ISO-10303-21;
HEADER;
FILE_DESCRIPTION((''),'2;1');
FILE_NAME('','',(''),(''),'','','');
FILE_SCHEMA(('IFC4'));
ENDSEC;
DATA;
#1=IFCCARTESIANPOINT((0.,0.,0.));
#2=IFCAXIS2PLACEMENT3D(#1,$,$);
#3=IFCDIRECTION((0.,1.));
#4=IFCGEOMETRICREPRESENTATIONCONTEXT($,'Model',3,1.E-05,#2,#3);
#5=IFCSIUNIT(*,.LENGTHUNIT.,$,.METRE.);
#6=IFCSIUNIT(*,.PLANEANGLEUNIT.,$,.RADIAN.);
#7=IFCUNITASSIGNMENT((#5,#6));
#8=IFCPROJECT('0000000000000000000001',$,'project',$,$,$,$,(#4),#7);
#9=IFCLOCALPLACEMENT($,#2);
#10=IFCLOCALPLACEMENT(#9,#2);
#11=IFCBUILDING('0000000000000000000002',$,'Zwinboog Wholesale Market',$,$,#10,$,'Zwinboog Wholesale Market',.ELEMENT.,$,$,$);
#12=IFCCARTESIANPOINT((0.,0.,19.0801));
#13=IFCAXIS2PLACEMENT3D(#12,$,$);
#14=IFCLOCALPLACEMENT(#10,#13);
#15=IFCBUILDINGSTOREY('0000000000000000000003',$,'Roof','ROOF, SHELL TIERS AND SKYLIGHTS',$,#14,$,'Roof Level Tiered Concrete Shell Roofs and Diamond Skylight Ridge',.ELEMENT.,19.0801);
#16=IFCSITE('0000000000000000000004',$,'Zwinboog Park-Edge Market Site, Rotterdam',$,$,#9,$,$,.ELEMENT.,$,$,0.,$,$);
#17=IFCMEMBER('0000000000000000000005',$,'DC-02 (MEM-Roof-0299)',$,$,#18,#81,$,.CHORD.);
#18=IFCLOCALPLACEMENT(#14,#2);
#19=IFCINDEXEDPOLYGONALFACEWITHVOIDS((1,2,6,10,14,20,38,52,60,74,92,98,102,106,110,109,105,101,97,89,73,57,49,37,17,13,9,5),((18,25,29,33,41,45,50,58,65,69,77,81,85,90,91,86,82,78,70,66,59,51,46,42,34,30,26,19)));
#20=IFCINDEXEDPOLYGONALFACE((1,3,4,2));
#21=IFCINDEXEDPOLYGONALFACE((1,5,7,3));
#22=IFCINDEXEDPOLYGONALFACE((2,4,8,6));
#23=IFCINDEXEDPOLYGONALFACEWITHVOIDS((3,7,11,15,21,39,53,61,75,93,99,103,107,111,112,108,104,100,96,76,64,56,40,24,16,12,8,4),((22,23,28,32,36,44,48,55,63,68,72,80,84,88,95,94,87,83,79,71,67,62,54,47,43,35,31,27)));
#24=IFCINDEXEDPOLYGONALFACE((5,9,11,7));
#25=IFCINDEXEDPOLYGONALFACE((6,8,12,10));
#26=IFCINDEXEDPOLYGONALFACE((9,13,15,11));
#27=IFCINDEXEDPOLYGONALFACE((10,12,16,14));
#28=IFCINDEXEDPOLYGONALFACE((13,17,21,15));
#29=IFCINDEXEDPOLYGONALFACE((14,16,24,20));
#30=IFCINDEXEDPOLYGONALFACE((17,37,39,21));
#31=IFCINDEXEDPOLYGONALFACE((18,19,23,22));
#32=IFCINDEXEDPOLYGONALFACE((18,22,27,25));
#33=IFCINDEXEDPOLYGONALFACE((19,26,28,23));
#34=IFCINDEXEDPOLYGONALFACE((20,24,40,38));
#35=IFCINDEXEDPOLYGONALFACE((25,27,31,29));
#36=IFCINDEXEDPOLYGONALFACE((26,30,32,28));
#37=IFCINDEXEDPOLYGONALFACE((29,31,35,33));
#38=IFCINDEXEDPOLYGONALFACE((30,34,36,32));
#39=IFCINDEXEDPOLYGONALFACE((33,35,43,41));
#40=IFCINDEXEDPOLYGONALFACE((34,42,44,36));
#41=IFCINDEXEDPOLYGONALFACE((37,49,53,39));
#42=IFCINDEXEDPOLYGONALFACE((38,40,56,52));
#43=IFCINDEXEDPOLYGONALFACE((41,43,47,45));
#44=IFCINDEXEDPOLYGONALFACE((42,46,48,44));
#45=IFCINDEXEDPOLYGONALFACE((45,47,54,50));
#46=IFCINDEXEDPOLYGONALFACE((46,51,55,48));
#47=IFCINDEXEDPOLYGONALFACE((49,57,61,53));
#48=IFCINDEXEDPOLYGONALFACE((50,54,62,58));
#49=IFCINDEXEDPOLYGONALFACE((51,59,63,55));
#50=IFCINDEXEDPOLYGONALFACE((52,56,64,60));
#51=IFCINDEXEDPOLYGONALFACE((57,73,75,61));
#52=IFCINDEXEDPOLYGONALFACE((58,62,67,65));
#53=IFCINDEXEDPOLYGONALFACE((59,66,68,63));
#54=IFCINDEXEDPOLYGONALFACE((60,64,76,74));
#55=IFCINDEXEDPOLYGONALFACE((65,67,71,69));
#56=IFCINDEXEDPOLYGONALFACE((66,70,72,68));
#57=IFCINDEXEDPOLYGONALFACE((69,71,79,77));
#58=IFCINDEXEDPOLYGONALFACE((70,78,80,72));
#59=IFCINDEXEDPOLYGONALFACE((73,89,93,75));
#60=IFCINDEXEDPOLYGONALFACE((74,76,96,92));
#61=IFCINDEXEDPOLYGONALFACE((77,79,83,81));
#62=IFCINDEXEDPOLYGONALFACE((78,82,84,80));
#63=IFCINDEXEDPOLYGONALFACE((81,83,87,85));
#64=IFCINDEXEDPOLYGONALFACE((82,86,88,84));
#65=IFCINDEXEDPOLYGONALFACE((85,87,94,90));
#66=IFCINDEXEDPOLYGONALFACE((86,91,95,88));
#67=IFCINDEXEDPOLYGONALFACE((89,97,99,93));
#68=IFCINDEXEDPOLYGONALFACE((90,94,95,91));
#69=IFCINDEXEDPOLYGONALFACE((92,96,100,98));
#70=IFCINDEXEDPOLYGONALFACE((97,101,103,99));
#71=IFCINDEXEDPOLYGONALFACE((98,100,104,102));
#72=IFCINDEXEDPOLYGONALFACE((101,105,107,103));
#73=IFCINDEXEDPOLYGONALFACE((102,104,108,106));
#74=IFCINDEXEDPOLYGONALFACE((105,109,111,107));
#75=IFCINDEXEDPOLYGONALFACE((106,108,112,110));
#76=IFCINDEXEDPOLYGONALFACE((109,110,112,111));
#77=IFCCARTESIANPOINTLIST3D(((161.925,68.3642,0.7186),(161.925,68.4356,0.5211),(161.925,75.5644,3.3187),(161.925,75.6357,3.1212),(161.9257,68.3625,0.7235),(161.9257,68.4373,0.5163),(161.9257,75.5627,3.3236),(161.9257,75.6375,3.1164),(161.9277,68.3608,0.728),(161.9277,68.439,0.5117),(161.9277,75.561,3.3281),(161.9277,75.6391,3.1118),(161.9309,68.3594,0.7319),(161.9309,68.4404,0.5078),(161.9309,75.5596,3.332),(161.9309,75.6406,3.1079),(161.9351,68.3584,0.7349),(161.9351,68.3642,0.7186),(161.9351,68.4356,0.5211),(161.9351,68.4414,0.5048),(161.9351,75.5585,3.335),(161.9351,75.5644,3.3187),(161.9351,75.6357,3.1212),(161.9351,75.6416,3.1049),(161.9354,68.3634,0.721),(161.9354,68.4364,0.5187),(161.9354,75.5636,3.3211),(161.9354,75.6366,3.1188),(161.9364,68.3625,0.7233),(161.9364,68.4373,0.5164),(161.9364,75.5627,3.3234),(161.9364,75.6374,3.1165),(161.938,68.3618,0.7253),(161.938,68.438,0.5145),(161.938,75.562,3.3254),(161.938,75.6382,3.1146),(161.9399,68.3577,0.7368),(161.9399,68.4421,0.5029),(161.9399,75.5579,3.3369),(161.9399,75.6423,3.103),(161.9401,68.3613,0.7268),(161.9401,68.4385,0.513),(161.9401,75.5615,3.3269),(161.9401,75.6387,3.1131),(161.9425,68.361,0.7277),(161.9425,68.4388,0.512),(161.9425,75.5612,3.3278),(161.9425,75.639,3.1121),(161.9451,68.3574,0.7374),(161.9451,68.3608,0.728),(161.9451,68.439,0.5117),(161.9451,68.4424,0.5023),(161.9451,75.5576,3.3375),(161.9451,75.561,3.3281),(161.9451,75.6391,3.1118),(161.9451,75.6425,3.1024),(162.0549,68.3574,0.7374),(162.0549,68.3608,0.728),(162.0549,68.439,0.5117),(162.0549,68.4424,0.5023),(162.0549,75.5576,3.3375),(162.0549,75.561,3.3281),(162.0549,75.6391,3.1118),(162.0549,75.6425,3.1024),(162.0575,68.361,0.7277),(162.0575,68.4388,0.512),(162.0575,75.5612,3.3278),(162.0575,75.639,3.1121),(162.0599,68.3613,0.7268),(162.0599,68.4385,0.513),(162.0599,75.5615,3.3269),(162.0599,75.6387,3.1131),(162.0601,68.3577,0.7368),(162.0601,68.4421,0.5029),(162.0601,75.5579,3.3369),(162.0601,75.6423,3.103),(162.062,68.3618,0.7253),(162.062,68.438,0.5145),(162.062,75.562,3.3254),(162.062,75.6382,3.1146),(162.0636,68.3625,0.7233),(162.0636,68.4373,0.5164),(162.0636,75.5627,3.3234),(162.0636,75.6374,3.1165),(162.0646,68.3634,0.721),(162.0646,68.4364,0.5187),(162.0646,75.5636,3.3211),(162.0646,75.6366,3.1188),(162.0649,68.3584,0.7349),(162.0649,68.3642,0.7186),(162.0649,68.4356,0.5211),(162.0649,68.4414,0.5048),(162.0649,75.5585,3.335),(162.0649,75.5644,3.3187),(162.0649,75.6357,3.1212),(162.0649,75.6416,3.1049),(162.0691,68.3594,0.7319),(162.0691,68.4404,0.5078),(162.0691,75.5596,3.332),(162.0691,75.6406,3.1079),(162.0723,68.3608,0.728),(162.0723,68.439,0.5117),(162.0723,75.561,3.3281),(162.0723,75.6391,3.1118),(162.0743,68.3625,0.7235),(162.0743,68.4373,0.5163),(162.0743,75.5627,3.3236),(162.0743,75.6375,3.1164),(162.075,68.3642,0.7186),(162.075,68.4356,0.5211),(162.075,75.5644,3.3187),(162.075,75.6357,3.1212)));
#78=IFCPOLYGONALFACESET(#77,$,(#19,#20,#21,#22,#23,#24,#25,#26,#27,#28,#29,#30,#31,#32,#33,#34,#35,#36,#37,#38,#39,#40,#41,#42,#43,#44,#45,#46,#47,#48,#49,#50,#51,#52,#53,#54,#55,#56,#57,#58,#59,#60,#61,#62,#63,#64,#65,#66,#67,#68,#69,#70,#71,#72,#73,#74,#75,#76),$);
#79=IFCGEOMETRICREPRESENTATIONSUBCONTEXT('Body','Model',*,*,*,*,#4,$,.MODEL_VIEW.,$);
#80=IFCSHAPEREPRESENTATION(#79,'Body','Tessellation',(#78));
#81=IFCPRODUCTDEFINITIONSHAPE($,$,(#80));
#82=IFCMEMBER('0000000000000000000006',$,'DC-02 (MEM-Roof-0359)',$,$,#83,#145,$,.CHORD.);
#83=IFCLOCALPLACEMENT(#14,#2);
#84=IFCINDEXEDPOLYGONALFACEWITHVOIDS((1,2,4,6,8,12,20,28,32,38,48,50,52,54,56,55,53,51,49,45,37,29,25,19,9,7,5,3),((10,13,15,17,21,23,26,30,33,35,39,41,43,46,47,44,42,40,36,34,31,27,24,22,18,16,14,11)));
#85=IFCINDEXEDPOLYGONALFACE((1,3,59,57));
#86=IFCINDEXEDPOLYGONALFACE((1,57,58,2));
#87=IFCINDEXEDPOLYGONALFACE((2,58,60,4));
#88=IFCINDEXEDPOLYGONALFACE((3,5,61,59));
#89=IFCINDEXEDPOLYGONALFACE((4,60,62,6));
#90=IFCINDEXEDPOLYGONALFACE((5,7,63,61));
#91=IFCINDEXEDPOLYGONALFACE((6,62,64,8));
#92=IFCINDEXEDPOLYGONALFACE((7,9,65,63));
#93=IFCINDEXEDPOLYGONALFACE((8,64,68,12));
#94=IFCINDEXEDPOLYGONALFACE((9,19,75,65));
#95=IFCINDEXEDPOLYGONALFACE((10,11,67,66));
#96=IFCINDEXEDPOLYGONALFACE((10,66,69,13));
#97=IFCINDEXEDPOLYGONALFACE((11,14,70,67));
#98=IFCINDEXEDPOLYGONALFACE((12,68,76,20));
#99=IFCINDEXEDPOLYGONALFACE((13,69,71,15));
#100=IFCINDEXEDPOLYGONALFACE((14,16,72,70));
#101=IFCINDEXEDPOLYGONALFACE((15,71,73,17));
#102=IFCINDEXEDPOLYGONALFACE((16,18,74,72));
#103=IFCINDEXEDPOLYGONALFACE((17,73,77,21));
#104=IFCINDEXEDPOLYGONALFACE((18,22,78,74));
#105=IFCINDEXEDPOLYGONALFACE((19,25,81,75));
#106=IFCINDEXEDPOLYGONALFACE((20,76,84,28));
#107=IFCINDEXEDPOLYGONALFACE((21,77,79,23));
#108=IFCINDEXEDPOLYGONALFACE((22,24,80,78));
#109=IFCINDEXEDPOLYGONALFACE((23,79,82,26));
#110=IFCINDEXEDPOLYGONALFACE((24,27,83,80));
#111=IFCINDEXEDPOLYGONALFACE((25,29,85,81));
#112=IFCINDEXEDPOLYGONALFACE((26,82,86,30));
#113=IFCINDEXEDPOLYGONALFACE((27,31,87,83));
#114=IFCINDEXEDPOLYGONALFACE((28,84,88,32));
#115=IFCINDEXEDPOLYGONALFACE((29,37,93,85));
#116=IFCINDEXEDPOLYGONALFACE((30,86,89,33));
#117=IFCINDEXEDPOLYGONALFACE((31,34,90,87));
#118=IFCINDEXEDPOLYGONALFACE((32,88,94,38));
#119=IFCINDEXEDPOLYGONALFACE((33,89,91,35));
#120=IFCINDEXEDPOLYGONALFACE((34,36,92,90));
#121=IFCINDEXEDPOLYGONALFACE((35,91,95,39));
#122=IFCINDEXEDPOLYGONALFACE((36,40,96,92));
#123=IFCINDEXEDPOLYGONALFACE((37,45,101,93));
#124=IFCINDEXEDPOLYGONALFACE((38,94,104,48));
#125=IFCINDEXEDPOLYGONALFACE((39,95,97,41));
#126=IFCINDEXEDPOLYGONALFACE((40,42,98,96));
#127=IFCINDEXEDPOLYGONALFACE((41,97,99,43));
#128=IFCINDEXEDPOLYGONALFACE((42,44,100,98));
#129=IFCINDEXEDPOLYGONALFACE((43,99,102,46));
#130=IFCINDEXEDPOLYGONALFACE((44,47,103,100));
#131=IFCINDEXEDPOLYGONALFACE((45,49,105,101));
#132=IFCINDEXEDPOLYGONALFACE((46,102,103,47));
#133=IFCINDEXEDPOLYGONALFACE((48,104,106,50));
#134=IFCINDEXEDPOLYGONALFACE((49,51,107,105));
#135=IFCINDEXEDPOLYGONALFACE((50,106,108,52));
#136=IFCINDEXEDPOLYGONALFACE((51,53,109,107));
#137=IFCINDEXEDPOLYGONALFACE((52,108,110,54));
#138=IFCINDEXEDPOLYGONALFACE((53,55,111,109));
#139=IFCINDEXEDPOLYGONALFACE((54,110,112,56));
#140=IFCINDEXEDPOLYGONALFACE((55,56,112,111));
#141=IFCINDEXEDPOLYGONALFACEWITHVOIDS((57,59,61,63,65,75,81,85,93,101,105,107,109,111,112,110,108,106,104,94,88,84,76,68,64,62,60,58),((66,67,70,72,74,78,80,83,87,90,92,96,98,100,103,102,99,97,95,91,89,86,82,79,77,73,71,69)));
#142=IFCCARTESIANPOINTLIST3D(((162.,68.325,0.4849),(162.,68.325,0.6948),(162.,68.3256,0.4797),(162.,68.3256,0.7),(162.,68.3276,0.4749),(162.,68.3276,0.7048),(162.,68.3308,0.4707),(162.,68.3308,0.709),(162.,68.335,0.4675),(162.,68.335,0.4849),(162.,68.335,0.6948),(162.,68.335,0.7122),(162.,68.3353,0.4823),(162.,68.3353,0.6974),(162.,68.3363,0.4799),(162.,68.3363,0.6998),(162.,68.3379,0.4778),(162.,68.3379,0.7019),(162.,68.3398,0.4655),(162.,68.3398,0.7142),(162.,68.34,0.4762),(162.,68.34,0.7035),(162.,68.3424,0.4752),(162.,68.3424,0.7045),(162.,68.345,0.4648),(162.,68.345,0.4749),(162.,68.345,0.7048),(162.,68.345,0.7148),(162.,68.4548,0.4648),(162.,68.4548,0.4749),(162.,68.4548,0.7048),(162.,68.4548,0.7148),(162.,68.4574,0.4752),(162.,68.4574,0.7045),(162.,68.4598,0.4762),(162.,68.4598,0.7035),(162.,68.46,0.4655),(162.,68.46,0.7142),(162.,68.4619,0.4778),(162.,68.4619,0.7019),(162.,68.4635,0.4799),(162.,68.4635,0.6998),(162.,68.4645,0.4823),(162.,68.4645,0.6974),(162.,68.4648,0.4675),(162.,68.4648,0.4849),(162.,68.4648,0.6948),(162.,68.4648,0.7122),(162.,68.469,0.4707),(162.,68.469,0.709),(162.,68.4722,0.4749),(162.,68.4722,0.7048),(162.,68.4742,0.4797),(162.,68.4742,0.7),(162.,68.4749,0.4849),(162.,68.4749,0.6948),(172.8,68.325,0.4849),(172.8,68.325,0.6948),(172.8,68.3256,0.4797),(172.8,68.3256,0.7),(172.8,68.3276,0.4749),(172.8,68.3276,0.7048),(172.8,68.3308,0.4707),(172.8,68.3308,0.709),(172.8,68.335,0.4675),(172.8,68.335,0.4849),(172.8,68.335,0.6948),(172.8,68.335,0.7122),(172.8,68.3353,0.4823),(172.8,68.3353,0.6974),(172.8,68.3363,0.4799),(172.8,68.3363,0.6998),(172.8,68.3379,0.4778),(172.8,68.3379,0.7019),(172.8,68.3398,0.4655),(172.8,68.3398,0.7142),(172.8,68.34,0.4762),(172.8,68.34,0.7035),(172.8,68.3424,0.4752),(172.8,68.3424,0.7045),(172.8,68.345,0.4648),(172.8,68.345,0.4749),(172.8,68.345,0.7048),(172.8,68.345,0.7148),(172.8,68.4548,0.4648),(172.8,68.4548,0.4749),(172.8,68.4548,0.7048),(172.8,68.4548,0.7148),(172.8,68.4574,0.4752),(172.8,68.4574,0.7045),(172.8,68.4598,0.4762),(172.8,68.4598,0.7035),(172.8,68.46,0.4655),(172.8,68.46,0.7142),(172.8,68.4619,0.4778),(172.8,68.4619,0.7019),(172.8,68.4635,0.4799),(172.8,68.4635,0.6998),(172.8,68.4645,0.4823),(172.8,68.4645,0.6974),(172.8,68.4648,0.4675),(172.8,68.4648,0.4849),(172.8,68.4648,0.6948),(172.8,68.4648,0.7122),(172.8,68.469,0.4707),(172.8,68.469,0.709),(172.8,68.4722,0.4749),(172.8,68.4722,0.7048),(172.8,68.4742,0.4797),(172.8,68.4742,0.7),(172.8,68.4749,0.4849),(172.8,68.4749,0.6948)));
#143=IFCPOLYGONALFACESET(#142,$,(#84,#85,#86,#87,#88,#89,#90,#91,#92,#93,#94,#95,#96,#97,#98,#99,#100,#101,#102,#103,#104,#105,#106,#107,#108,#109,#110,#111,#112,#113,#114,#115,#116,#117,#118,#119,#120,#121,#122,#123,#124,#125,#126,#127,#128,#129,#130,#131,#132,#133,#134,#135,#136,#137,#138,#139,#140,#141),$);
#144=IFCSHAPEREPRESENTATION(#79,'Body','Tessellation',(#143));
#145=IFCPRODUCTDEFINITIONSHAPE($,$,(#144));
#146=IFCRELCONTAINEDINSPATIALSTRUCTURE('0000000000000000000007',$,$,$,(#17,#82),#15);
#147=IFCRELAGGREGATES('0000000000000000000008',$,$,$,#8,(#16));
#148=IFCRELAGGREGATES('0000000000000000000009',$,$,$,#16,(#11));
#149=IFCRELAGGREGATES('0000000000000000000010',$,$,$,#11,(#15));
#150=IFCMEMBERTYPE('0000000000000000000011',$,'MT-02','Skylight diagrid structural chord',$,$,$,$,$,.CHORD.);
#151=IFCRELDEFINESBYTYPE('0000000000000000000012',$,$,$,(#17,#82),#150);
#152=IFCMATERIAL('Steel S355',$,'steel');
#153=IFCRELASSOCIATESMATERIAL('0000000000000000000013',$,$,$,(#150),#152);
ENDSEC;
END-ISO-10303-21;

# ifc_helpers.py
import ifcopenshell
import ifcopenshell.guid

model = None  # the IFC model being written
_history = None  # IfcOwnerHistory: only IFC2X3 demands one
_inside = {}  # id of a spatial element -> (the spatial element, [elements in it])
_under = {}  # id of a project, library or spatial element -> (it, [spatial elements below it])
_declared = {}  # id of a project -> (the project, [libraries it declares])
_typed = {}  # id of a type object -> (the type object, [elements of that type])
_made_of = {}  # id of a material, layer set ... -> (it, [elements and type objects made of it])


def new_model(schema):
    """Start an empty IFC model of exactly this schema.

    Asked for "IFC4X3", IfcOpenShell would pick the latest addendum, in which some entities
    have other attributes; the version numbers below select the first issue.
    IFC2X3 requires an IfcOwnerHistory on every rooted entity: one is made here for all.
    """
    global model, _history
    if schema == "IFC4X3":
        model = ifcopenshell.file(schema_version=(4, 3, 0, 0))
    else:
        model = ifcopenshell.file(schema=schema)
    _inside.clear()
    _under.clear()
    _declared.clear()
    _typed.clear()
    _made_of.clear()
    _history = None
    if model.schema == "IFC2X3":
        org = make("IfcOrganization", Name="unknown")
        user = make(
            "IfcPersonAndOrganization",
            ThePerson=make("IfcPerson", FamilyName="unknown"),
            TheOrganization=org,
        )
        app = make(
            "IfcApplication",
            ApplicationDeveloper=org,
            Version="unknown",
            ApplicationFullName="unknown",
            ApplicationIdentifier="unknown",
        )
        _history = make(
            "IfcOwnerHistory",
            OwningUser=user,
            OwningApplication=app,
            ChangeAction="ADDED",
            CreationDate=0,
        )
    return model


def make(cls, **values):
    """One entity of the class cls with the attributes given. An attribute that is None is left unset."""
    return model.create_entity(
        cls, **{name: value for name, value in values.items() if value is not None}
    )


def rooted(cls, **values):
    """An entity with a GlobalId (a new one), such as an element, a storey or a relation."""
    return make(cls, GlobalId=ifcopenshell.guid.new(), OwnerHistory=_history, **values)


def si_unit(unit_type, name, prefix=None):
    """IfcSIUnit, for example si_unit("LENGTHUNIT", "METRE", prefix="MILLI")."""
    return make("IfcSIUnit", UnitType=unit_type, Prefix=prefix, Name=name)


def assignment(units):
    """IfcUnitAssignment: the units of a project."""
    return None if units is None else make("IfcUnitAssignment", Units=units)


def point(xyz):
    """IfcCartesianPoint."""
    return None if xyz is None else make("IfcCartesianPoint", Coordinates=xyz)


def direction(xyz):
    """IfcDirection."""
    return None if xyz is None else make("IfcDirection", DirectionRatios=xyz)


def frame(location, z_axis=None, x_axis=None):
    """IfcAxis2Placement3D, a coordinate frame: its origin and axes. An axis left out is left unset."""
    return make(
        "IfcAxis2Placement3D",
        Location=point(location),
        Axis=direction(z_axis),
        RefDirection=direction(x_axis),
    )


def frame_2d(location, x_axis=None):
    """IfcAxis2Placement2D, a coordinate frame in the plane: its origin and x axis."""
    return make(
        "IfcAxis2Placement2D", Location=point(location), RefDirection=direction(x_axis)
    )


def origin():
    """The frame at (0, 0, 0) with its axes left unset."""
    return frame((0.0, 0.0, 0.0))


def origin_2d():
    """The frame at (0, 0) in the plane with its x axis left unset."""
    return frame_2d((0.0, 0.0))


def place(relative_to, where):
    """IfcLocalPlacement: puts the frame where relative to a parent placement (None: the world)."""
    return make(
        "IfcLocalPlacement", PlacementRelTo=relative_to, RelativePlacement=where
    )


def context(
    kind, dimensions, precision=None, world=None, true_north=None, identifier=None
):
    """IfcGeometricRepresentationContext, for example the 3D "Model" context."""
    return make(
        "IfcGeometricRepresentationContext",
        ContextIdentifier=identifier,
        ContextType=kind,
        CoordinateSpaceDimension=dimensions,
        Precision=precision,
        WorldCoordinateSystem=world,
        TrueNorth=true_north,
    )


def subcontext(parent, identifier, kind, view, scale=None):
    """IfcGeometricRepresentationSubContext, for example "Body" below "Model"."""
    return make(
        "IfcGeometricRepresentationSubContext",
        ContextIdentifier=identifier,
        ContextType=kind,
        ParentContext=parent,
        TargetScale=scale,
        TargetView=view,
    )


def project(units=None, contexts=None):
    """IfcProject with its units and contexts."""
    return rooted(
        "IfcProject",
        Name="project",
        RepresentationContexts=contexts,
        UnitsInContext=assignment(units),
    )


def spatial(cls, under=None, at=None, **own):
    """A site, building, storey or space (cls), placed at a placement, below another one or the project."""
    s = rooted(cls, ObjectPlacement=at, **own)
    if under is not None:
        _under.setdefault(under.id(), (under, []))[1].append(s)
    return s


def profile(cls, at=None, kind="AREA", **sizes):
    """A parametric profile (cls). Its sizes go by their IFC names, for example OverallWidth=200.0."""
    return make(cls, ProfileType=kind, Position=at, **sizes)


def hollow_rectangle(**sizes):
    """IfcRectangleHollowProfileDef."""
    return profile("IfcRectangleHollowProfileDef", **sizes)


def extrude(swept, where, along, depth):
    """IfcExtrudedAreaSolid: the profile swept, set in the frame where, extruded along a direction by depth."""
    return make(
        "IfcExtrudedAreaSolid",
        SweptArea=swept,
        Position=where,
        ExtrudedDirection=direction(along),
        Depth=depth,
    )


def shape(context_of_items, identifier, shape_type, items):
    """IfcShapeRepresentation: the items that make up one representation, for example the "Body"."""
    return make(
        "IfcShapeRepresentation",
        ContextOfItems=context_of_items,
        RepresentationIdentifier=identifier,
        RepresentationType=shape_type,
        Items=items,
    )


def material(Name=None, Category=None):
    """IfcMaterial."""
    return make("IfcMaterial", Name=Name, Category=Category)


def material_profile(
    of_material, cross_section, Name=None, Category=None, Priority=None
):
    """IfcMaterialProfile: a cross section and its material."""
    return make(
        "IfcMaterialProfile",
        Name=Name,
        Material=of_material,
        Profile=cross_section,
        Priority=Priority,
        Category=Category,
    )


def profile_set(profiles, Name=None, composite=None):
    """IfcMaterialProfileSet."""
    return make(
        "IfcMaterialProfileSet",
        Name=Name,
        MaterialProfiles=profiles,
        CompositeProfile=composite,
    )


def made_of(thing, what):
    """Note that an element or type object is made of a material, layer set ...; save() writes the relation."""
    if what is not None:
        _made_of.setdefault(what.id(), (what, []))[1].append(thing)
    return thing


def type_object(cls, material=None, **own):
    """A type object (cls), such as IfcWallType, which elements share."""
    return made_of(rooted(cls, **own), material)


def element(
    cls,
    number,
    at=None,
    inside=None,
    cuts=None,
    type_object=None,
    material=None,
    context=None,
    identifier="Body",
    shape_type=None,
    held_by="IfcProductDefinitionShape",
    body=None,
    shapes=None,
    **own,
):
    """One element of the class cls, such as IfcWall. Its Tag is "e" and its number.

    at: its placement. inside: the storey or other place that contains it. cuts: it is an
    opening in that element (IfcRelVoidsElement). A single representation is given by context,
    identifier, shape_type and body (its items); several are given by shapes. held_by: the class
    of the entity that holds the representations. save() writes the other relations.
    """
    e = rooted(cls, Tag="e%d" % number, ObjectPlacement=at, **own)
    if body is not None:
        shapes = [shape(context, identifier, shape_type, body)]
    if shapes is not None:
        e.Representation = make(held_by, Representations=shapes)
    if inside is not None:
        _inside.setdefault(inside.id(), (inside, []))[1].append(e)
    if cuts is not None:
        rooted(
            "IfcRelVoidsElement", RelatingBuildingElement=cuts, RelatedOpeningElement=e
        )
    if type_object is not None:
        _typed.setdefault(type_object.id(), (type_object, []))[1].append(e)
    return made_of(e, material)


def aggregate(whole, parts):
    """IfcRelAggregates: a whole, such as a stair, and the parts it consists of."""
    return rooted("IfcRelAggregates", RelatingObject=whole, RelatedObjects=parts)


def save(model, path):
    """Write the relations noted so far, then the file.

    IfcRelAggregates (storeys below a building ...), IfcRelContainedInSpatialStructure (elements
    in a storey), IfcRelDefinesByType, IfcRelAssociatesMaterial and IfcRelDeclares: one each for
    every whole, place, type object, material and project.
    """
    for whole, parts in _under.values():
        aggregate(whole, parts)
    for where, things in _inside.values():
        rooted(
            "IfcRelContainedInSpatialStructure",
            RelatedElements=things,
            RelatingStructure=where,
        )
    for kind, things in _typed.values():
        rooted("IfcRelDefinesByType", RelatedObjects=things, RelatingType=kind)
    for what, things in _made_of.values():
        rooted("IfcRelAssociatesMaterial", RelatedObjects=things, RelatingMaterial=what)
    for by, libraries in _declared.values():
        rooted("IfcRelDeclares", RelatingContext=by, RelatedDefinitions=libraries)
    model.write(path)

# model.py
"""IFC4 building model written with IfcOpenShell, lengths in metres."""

from ifc_helpers import new_model, si_unit, direction, frame, origin, origin_2d, place, context, subcontext, project, spatial, hollow_rectangle, extrude, material, material_profile, profile_set, type_object, element, save


model = new_model("IFC4")

# Units and contexts
model_context = context("Model", 3, precision=1e-05, world=origin(), true_north=direction((0.0, 1.0)))
body_context = subcontext(model_context, "Body", "Model", "MODEL_VIEW")
ifc_project = project(units=[si_unit("LENGTHUNIT", "METRE"), si_unit("PLANEANGLEUNIT", "RADIAN")], contexts=[model_context])

# Site, building, storey
site_placement = place(None, origin())
site = spatial("IfcSite", under=ifc_project, at=site_placement, Name="Zwinboog Park-Edge Market Site, Rotterdam", CompositionType="ELEMENT", RefElevation=0.0)
building_placement = place(site_placement, origin())
building = spatial("IfcBuilding", under=site, at=building_placement, Name="Zwinboog Wholesale Market", LongName="Zwinboog Wholesale Market", CompositionType="ELEMENT")
storey_placement = place(building_placement, frame((0.0, 0.0, 19.0801)))
storey = spatial("IfcBuildingStorey", under=building, at=storey_placement, Name="Roof", Description="ROOF, SHELL TIERS AND SKYLIGHTS", LongName="Roof Level Tiered Concrete Shell Roofs and Diamond Skylight Ridge", CompositionType="ELEMENT", Elevation=19.0801)

# Members
ifc_material_1 = material(Name="Steel S355", Category="steel")
ifc_material_profile_1 = material_profile(ifc_material_1, hollow_rectangle(XDim=0.1499, YDim=0.25, WallThickness=0.01, InnerFilletRadius=0.01, OuterFilletRadius=0.02, at=origin_2d()), Name="RHS 250x150x10")
ifc_profile_set_1 = profile_set([ifc_material_profile_1], Name="Steel S355")
member_type_1 = type_object("IfcMemberType", Name="MT-02", Description="Skylight diagrid structural chord", PredefinedType="CHORD", material=ifc_profile_set_1)
member_1_placement = place(storey_placement, frame((162.0, 68.3999, 0.6199), z_axis=(0.0, 0.940553, 0.339648), x_axis=(-1.0, 0.0, 0.0)))
element("IfcMember", 1, at=member_1_placement, inside=storey, type_object=member_type_1, Name="DC-02 (MEM-Roof-0299)", PredefinedType="CHORD", context=body_context, shape_type="SweptSolid", body=[
    extrude(hollow_rectangle(XDim=0.1499, YDim=0.25, WallThickness=0.01, InnerFilletRadius=0.01, OuterFilletRadius=0.02, at=origin_2d()), origin(), (0.0, 0.0, 1.0), 7.6553),
])
member_2_placement = place(storey_placement, frame((162.0, 68.3999, 0.5898), z_axis=(1.0, 0.0, 0.0), x_axis=(0.0, 1.0, 0.0)))
element("IfcMember", 2, at=member_2_placement, inside=storey, type_object=member_type_1, Name="DC-02 (MEM-Roof-0359)", PredefinedType="CHORD", context=body_context, shape_type="SweptSolid", body=[
    extrude(hollow_rectangle(XDim=0.1499, YDim=0.25, WallThickness=0.01, InnerFilletRadius=0.01, OuterFilletRadius=0.02, at=origin_2d()), origin(), (0.0, 0.0, 1.0), 10.8),
])

save(model, "model.ifc")
